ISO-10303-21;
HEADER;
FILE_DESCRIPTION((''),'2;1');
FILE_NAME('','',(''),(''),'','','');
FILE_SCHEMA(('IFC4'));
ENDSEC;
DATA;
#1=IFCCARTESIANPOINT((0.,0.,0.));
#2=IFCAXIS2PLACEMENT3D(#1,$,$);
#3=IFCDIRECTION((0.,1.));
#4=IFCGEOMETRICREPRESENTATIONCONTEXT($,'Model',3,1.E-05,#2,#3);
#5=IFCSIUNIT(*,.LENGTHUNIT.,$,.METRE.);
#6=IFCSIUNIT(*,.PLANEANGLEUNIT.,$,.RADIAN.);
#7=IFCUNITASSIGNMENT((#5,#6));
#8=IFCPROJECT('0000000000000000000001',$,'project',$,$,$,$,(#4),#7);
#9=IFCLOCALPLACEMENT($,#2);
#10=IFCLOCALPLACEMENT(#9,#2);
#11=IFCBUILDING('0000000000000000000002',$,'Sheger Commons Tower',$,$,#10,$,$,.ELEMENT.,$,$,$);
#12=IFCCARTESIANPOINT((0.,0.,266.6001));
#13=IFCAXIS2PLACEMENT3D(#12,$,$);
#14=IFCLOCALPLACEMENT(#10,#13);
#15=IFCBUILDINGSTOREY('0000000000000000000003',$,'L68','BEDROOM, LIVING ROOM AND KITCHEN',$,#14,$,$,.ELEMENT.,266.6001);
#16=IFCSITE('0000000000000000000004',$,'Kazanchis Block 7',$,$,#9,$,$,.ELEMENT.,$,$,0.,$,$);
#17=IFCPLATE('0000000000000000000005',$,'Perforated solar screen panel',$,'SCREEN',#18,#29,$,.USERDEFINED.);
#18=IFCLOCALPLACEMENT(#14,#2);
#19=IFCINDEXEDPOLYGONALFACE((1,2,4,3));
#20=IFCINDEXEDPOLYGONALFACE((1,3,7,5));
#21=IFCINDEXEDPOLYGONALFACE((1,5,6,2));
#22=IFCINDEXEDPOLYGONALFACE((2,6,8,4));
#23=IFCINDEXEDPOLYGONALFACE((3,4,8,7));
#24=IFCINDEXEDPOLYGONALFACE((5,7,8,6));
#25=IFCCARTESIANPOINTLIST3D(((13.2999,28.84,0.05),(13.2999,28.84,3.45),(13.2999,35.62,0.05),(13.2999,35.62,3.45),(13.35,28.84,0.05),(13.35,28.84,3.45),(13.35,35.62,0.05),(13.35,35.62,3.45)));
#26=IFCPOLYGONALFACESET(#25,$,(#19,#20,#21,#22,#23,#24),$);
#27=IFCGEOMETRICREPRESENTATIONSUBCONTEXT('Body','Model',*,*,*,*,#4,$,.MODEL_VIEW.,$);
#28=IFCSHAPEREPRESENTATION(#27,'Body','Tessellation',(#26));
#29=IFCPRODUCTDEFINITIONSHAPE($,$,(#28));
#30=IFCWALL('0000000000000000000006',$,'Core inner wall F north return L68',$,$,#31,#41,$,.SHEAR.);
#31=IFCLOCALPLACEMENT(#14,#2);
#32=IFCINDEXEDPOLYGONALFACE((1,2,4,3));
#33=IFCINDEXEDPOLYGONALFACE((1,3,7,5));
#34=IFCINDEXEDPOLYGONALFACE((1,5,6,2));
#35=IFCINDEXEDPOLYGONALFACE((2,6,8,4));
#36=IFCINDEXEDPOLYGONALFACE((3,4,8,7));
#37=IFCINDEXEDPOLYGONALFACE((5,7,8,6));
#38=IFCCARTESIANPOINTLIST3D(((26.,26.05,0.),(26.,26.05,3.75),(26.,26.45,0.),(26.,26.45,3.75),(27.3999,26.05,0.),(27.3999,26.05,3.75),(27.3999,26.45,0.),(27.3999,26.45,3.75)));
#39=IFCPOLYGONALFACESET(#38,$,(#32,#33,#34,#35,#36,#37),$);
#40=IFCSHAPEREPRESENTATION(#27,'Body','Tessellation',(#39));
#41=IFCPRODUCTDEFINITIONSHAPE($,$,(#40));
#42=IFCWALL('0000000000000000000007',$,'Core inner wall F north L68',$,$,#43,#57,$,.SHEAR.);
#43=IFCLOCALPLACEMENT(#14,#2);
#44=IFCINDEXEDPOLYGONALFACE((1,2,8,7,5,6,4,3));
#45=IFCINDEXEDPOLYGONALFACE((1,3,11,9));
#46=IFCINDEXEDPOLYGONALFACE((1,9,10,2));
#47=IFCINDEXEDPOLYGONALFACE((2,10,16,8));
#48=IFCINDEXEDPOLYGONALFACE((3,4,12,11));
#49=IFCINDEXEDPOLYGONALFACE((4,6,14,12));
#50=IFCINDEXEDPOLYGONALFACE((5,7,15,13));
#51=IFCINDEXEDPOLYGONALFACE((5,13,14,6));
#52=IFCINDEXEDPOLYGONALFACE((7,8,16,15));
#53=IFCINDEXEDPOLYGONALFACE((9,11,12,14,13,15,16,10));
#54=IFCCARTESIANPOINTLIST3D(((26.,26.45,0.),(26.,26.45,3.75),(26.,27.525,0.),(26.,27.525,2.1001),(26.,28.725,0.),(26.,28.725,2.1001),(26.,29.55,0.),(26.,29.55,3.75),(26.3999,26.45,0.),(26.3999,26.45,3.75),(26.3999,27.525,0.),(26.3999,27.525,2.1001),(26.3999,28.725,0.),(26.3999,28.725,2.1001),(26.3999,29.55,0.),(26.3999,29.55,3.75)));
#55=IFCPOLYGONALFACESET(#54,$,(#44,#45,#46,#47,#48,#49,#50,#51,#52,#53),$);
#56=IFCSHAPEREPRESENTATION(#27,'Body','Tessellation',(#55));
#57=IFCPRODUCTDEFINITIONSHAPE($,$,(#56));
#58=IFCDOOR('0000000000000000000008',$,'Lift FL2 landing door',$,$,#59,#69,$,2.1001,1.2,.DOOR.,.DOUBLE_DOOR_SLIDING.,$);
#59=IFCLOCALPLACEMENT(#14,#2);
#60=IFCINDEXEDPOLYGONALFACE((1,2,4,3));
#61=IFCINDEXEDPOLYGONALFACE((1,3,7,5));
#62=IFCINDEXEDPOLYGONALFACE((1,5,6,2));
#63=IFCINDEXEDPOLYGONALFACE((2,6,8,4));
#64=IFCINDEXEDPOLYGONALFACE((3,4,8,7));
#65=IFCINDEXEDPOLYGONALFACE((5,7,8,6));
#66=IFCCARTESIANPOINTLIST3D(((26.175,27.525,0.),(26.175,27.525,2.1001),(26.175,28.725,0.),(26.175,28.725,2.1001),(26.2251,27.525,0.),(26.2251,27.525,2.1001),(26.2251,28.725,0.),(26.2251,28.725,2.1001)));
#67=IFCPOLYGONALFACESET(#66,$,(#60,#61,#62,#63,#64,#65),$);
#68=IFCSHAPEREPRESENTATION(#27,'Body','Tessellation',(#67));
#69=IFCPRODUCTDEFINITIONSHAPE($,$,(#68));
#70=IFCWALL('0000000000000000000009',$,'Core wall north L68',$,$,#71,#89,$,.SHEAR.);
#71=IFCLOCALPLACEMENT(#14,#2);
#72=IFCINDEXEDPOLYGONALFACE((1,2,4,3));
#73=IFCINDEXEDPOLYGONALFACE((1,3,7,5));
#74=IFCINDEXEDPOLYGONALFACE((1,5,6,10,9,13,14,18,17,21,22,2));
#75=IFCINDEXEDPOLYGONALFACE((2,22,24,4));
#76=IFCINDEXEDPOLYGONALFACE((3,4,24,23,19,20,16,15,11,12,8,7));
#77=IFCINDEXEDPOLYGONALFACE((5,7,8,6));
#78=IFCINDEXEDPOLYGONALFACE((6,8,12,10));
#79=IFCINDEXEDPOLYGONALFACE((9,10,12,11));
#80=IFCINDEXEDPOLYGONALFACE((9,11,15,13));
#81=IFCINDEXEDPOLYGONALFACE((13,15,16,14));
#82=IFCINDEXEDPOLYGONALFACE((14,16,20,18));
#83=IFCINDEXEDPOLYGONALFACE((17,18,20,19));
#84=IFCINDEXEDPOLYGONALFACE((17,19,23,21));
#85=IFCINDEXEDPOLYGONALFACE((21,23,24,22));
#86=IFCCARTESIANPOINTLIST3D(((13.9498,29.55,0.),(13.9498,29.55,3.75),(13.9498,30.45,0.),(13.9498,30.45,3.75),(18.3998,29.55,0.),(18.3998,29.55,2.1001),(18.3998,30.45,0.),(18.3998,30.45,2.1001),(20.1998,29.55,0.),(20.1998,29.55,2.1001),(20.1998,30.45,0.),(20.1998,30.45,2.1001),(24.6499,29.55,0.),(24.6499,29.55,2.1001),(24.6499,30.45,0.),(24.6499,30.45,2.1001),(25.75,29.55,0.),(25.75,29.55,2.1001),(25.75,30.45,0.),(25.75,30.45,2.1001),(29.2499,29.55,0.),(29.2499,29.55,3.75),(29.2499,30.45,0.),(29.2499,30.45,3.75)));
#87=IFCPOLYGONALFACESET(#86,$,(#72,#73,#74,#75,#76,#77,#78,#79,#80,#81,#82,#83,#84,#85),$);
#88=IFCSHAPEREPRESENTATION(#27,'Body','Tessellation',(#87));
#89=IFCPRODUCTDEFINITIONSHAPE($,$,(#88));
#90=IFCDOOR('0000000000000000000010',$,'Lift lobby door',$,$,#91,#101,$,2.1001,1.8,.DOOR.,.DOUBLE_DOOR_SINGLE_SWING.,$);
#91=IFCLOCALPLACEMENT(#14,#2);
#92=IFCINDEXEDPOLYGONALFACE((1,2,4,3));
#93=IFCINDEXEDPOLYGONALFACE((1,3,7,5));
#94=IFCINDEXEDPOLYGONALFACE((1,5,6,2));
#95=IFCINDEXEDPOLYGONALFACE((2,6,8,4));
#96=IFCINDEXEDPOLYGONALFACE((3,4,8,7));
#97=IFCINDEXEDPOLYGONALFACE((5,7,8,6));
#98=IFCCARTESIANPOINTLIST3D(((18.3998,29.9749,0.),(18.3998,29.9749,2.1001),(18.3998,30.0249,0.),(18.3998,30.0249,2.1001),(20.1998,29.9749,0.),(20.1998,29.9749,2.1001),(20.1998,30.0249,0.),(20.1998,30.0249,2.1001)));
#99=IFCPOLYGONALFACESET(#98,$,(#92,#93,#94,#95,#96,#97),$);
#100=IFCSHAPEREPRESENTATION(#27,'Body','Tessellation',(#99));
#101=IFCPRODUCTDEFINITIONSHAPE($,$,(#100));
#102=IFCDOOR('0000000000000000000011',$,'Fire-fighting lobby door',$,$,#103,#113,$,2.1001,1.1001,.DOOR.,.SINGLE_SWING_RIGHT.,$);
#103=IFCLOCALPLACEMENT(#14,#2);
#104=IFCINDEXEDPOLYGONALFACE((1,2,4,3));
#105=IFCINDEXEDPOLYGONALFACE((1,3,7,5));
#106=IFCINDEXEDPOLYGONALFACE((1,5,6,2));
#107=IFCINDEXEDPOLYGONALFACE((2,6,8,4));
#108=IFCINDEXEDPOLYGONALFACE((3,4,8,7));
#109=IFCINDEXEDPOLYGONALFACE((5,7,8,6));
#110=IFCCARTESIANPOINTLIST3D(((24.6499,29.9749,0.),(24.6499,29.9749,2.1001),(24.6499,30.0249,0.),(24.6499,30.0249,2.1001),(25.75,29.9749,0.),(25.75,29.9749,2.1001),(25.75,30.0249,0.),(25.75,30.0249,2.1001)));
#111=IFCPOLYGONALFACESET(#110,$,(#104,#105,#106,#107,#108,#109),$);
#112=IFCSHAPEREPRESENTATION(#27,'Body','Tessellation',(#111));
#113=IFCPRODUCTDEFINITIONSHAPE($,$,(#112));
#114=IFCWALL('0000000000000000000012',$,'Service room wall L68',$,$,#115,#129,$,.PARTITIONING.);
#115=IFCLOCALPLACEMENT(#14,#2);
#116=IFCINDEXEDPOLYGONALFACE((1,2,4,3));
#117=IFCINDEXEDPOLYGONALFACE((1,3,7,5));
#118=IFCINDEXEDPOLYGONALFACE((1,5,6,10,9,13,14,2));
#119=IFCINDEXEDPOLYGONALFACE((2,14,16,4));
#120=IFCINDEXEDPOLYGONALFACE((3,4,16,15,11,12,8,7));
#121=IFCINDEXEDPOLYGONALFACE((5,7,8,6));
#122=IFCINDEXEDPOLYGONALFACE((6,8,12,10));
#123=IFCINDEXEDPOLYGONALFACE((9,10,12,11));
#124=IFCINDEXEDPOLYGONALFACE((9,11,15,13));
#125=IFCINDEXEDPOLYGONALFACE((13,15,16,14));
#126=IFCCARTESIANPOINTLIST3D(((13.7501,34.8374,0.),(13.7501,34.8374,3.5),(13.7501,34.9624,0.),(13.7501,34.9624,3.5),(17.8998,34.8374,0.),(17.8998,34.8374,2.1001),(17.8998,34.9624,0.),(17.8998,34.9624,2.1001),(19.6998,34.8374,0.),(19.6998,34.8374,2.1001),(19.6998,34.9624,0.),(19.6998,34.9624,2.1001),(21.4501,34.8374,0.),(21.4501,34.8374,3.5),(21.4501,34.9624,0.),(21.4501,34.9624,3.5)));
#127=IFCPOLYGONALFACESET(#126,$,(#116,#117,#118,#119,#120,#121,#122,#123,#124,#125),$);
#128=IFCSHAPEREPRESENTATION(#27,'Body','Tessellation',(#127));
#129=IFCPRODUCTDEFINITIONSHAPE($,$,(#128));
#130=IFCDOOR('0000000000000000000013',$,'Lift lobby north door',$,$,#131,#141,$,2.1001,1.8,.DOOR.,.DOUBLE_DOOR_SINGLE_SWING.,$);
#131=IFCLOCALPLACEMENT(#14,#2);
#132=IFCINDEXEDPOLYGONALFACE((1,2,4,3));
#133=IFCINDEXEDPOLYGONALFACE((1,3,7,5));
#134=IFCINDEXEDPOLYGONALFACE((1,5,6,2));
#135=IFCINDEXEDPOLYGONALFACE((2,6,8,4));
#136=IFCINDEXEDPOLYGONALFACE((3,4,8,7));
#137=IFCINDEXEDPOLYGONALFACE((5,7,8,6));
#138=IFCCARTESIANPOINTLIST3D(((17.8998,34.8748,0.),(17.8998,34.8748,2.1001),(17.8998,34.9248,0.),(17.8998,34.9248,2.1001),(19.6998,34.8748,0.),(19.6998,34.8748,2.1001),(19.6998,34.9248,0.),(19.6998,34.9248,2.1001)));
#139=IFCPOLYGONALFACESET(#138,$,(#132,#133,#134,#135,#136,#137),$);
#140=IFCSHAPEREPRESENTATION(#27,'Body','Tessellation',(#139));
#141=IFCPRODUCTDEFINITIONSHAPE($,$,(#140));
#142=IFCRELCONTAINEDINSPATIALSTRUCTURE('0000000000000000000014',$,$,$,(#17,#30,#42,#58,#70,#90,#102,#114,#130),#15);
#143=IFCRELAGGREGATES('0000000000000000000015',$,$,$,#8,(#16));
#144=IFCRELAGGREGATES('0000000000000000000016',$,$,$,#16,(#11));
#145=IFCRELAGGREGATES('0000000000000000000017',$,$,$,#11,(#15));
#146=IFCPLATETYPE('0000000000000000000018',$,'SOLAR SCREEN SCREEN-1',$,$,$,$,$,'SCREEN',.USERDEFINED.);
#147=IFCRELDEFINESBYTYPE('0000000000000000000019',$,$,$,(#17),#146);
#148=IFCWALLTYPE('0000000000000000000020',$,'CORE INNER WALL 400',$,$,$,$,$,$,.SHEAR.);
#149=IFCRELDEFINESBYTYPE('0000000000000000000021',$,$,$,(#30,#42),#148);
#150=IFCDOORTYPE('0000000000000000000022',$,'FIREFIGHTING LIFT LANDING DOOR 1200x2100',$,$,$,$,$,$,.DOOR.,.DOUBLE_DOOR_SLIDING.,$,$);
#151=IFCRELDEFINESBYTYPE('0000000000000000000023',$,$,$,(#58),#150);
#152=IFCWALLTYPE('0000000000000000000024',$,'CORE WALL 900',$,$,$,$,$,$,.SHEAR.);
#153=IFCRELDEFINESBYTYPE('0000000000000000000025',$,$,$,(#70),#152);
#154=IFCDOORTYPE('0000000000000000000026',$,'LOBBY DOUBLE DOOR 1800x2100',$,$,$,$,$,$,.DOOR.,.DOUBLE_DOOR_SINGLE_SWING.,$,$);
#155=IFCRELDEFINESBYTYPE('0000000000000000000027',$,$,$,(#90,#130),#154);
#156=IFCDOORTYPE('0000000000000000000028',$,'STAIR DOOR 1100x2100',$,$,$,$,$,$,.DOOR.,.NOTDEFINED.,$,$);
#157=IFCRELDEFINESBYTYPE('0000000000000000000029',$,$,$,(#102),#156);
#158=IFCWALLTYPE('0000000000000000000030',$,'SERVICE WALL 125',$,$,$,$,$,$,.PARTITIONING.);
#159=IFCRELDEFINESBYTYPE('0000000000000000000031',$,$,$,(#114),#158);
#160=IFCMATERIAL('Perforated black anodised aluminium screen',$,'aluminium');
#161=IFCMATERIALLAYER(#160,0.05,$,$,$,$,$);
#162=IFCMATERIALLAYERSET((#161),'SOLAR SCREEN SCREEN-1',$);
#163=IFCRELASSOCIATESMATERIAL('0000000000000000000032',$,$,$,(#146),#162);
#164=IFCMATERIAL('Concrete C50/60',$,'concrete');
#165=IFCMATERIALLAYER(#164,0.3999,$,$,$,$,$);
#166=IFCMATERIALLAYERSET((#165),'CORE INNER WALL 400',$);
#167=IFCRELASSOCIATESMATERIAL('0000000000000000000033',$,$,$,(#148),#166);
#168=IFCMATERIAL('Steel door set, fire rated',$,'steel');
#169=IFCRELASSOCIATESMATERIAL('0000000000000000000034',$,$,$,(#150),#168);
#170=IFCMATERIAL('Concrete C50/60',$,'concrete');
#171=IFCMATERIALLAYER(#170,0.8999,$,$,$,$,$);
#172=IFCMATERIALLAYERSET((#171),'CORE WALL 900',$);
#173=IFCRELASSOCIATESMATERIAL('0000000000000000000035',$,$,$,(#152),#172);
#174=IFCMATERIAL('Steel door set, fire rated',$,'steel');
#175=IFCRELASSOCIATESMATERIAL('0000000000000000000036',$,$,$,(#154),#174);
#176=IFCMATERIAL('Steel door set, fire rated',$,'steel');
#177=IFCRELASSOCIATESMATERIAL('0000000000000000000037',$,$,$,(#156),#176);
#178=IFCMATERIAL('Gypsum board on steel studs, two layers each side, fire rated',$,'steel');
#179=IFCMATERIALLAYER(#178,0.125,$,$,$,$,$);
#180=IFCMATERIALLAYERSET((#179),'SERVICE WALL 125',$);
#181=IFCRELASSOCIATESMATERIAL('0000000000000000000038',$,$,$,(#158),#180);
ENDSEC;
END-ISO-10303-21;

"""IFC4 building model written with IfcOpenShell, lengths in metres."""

from ifc_helpers import new_model, si_unit, direction, frame, frame_2d, origin, origin_2d, place, context, subcontext, project, spatial, rectangle, extrude, material, layer, layer_set, type_object, element, fill, save


model = new_model("IFC4")

# Units and contexts
model_context = context("Model", 3, precision=1e-05, world=origin(), true_north=direction((0.0, 1.0)))
body_context = subcontext(model_context, "Body", "Model", "MODEL_VIEW")
ifc_project = project(units=[si_unit("LENGTHUNIT", "METRE"), si_unit("PLANEANGLEUNIT", "RADIAN")], contexts=[model_context])

# Site, building, storey
site_placement = place(None, origin())
site = spatial("IfcSite", under=ifc_project, at=site_placement, Name="Kazanchis Block 7", CompositionType="ELEMENT", RefElevation=0.0)
building_placement = place(site_placement, origin())
building = spatial("IfcBuilding", under=site, at=building_placement, Name="Sheger Commons Tower", CompositionType="ELEMENT")
storey_placement = place(building_placement, frame((0.0, 0.0, 266.6001)))
storey = spatial("IfcBuildingStorey", under=building, at=storey_placement, Name="L68", Description="BEDROOM, LIVING ROOM AND KITCHEN", CompositionType="ELEMENT", Elevation=266.6001)

# Plate
ifc_material_1 = material(Name="Perforated black anodised aluminium screen", Category="aluminium")
ifc_layer_1 = layer(ifc_material_1, 0.05)
ifc_layer_set_1 = layer_set([ifc_layer_1], Name="SOLAR SCREEN SCREEN-1")
plate_type = type_object("IfcPlateType", Name="SOLAR SCREEN SCREEN-1", ElementType="SCREEN", PredefinedType="USERDEFINED", material=ifc_layer_set_1)
plate_placement = place(storey_placement, frame((13.325, 32.23, 0.05), z_axis=(0.0, 0.0, 1.0), x_axis=(0.0, -1.0, 0.0)))
element("IfcPlate", 1, at=plate_placement, inside=storey, type_object=plate_type, Name="Perforated solar screen panel", ObjectType="SCREEN", PredefinedType="USERDEFINED", context=body_context, shape_type="SweptSolid", body=[
    extrude(rectangle(XDim=6.78, YDim=0.05, at=origin_2d()), origin(), (0.0, 0.0, 1.0), 3.3999),
])

# Wall
ifc_material_2 = material(Name="Concrete C50/60", Category="concrete")
ifc_layer_2 = layer(ifc_material_2, 0.3999)
ifc_layer_set_2 = layer_set([ifc_layer_2], Name="CORE INNER WALL 400")
wall_type_1 = type_object("IfcWallType", Name="CORE INNER WALL 400", PredefinedType="SHEAR", material=ifc_layer_set_2)
wall_1_placement = place(storey_placement, frame((26.0, 26.25, 0.0), z_axis=(0.0, 0.0, 1.0), x_axis=(1.0, 0.0, 0.0)))
element("IfcWall", 2, at=wall_1_placement, inside=storey, type_object=wall_type_1, Name="Core inner wall F north return L68", PredefinedType="SHEAR", context=body_context, shape_type="SweptSolid", body=[
    extrude(rectangle(XDim=1.3999, YDim=0.3999, at=frame_2d((0.7, 0.0))), origin(), (0.0, 0.0, 1.0), 3.75),
])

# Wall, opening, door
wall_2_placement = place(storey_placement, frame((26.2, 26.45, 0.0), z_axis=(0.0, 0.0, 1.0), x_axis=(0.0, 1.0, 0.0)))
wall_2 = element("IfcWall", 3, at=wall_2_placement, inside=storey, type_object=wall_type_1, Name="Core inner wall F north L68", PredefinedType="SHEAR", context=body_context, shape_type="SweptSolid", body=[
    extrude(rectangle(XDim=3.1001, YDim=0.3999, at=frame_2d((1.55, 0.0))), origin(), (0.0, 0.0, 1.0), 3.75),
])
opening_1_placement = place(wall_2_placement, frame((1.075, 0.0, 0.0)))
opening_1 = element("IfcOpeningElement", 4, at=opening_1_placement, cuts=wall_2, PredefinedType="OPENING", context=body_context, shape_type="SweptSolid", body=[
    extrude(rectangle(XDim=1.2, YDim=2.1001, at=frame_2d((0.6001, 1.05))), frame((0.0, 0.21, 0.0), z_axis=(0.0, -1.0, 0.0), x_axis=(1.0, 0.0, 0.0)), (0.0, 0.0, 1.0), 0.4199),
])
ifc_material_3 = material(Name="Steel door set, fire rated", Category="steel")
door_type_1 = type_object("IfcDoorType", Name="FIREFIGHTING LIFT LANDING DOOR 1200x2100", OperationType="DOUBLE_DOOR_SLIDING", PredefinedType="DOOR", material=ifc_material_3)
door_1_placement = place(opening_1_placement, origin())
door_1 = element("IfcDoor", 5, at=door_1_placement, inside=storey, type_object=door_type_1, Name="Lift FL2 landing door", OperationType="DOUBLE_DOOR_SLIDING", OverallHeight=2.1001, OverallWidth=1.2, PredefinedType="DOOR", context=body_context, shape_type="SweptSolid", body=[
    extrude(rectangle(XDim=1.2, YDim=2.1001, at=frame_2d((0.6001, 1.05))), frame((0.0, 0.0249, 0.0), z_axis=(0.0, -1.0, 0.0), x_axis=(1.0, 0.0, 0.0)), (0.0, 0.0, 1.0), 0.05),
])
fill(opening_1, door_1)

# Wall, openings, doors
ifc_material_4 = material(Name="Concrete C50/60", Category="concrete")
ifc_layer_3 = layer(ifc_material_4, 0.8999)
ifc_layer_set_3 = layer_set([ifc_layer_3], Name="CORE WALL 900")
wall_type_2 = type_object("IfcWallType", Name="CORE WALL 900", PredefinedType="SHEAR", material=ifc_layer_set_3)
wall_3_placement = place(storey_placement, frame((13.95, 30.0, 0.0), z_axis=(0.0, 0.0, 1.0), x_axis=(1.0, 0.0, 0.0)))
wall_3 = element("IfcWall", 6, at=wall_3_placement, inside=storey, type_object=wall_type_2, Name="Core wall north L68", PredefinedType="SHEAR", context=body_context, shape_type="SweptSolid", body=[
    extrude(rectangle(XDim=15.3, YDim=0.8999, at=frame_2d((7.6499, 0.0))), origin(), (0.0, 0.0, 1.0), 3.75),
])
opening_2_placement = place(wall_3_placement, frame((4.45, 0.0, 0.0)))
opening_2 = element("IfcOpeningElement", 7, at=opening_2_placement, cuts=wall_3, PredefinedType="OPENING", context=body_context, shape_type="SweptSolid", body=[
    extrude(rectangle(XDim=1.8, YDim=2.1001, at=frame_2d((0.8999, 1.05))), frame((0.0, 0.46, 0.0), z_axis=(0.0, -1.0, 0.0), x_axis=(1.0, 0.0, 0.0)), (0.0, 0.0, 1.0), 0.9199),
])
opening_3_placement = place(wall_3_placement, frame((10.7, 0.0, 0.0)))
opening_3 = element("IfcOpeningElement", 8, at=opening_3_placement, cuts=wall_3, PredefinedType="OPENING", context=body_context, shape_type="SweptSolid", body=[
    extrude(rectangle(XDim=1.1001, YDim=2.1001, at=frame_2d((0.55, 1.05))), frame((0.0, 0.46, 0.0), z_axis=(0.0, -1.0, 0.0), x_axis=(1.0, 0.0, 0.0)), (0.0, 0.0, 1.0), 0.9199),
])
ifc_material_5 = material(Name="Steel door set, fire rated", Category="steel")
door_type_2 = type_object("IfcDoorType", Name="LOBBY DOUBLE DOOR 1800x2100", OperationType="DOUBLE_DOOR_SINGLE_SWING", PredefinedType="DOOR", material=ifc_material_5)
door_2_placement = place(opening_2_placement, origin())
door_2 = element("IfcDoor", 9, at=door_2_placement, inside=storey, type_object=door_type_2, Name="Lift lobby door", OperationType="DOUBLE_DOOR_SINGLE_SWING", OverallHeight=2.1001, OverallWidth=1.8, PredefinedType="DOOR", context=body_context, shape_type="SweptSolid", body=[
    extrude(rectangle(XDim=1.8, YDim=2.1001, at=frame_2d((0.8999, 1.05))), frame((0.0, 0.0249, 0.0), z_axis=(0.0, -1.0, 0.0), x_axis=(1.0, 0.0, 0.0)), (0.0, 0.0, 1.0), 0.05),
])
fill(opening_2, door_2)
ifc_material_6 = material(Name="Steel door set, fire rated", Category="steel")
door_type_3 = type_object("IfcDoorType", Name="STAIR DOOR 1100x2100", OperationType="NOTDEFINED", PredefinedType="DOOR", material=ifc_material_6)
door_3_placement = place(opening_3_placement, origin())
door_3 = element("IfcDoor", 10, at=door_3_placement, inside=storey, type_object=door_type_3, Name="Fire-fighting lobby door", OperationType="SINGLE_SWING_RIGHT", OverallHeight=2.1001, OverallWidth=1.1001, PredefinedType="DOOR", context=body_context, shape_type="SweptSolid", body=[
    extrude(rectangle(XDim=1.1001, YDim=2.1001, at=frame_2d((0.55, 1.05))), frame((0.0, 0.0249, 0.0), z_axis=(0.0, -1.0, 0.0), x_axis=(1.0, 0.0, 0.0)), (0.0, 0.0, 1.0), 0.05),
])
fill(opening_3, door_3)

# Wall, opening, door
ifc_material_7 = material(Name="Gypsum board on steel studs, two layers each side, fire rated", Category="steel")
ifc_layer_4 = layer(ifc_material_7, 0.125)
ifc_layer_set_4 = layer_set([ifc_layer_4], Name="SERVICE WALL 125")
wall_type_3 = type_object("IfcWallType", Name="SERVICE WALL 125", PredefinedType="PARTITIONING", material=ifc_layer_set_4)
wall_4_placement = place(storey_placement, frame((13.75, 34.8999, 0.0), z_axis=(0.0, 0.0, 1.0), x_axis=(1.0, 0.0, 0.0)))
wall_4 = element("IfcWall", 11, at=wall_4_placement, inside=storey, type_object=wall_type_3, Name="Service room wall L68", PredefinedType="PARTITIONING", context=body_context, shape_type="SweptSolid", body=[
    extrude(rectangle(XDim=7.7, YDim=0.125, at=frame_2d((3.8501, 0.0))), origin(), (0.0, 0.0, 1.0), 3.5),
])
opening_4_placement = place(wall_4_placement, frame((4.1499, 0.0, 0.0)))
opening_4 = element("IfcOpeningElement", 12, at=opening_4_placement, cuts=wall_4, PredefinedType="OPENING", context=body_context, shape_type="SweptSolid", body=[
    extrude(rectangle(XDim=1.8, YDim=2.1001, at=frame_2d((0.8999, 1.05))), frame((0.0, 0.0725, 0.0), z_axis=(0.0, -1.0, 0.0), x_axis=(1.0, 0.0, 0.0)), (0.0, 0.0, 1.0), 0.145),
])
door_4_placement = place(opening_4_placement, origin())
door_4 = element("IfcDoor", 13, at=door_4_placement, inside=storey, type_object=door_type_2, Name="Lift lobby north door", OperationType="DOUBLE_DOOR_SINGLE_SWING", OverallHeight=2.1001, OverallWidth=1.8, PredefinedType="DOOR", context=body_context, shape_type="SweptSolid", body=[
    extrude(rectangle(XDim=1.8, YDim=2.1001, at=frame_2d((0.8999, 1.05))), frame((0.0, 0.0249, 0.0), z_axis=(0.0, -1.0, 0.0), x_axis=(1.0, 0.0, 0.0)), (0.0, 0.0, 1.0), 0.05),
])
fill(opening_4, door_4)

save(model, "model.ifc")
